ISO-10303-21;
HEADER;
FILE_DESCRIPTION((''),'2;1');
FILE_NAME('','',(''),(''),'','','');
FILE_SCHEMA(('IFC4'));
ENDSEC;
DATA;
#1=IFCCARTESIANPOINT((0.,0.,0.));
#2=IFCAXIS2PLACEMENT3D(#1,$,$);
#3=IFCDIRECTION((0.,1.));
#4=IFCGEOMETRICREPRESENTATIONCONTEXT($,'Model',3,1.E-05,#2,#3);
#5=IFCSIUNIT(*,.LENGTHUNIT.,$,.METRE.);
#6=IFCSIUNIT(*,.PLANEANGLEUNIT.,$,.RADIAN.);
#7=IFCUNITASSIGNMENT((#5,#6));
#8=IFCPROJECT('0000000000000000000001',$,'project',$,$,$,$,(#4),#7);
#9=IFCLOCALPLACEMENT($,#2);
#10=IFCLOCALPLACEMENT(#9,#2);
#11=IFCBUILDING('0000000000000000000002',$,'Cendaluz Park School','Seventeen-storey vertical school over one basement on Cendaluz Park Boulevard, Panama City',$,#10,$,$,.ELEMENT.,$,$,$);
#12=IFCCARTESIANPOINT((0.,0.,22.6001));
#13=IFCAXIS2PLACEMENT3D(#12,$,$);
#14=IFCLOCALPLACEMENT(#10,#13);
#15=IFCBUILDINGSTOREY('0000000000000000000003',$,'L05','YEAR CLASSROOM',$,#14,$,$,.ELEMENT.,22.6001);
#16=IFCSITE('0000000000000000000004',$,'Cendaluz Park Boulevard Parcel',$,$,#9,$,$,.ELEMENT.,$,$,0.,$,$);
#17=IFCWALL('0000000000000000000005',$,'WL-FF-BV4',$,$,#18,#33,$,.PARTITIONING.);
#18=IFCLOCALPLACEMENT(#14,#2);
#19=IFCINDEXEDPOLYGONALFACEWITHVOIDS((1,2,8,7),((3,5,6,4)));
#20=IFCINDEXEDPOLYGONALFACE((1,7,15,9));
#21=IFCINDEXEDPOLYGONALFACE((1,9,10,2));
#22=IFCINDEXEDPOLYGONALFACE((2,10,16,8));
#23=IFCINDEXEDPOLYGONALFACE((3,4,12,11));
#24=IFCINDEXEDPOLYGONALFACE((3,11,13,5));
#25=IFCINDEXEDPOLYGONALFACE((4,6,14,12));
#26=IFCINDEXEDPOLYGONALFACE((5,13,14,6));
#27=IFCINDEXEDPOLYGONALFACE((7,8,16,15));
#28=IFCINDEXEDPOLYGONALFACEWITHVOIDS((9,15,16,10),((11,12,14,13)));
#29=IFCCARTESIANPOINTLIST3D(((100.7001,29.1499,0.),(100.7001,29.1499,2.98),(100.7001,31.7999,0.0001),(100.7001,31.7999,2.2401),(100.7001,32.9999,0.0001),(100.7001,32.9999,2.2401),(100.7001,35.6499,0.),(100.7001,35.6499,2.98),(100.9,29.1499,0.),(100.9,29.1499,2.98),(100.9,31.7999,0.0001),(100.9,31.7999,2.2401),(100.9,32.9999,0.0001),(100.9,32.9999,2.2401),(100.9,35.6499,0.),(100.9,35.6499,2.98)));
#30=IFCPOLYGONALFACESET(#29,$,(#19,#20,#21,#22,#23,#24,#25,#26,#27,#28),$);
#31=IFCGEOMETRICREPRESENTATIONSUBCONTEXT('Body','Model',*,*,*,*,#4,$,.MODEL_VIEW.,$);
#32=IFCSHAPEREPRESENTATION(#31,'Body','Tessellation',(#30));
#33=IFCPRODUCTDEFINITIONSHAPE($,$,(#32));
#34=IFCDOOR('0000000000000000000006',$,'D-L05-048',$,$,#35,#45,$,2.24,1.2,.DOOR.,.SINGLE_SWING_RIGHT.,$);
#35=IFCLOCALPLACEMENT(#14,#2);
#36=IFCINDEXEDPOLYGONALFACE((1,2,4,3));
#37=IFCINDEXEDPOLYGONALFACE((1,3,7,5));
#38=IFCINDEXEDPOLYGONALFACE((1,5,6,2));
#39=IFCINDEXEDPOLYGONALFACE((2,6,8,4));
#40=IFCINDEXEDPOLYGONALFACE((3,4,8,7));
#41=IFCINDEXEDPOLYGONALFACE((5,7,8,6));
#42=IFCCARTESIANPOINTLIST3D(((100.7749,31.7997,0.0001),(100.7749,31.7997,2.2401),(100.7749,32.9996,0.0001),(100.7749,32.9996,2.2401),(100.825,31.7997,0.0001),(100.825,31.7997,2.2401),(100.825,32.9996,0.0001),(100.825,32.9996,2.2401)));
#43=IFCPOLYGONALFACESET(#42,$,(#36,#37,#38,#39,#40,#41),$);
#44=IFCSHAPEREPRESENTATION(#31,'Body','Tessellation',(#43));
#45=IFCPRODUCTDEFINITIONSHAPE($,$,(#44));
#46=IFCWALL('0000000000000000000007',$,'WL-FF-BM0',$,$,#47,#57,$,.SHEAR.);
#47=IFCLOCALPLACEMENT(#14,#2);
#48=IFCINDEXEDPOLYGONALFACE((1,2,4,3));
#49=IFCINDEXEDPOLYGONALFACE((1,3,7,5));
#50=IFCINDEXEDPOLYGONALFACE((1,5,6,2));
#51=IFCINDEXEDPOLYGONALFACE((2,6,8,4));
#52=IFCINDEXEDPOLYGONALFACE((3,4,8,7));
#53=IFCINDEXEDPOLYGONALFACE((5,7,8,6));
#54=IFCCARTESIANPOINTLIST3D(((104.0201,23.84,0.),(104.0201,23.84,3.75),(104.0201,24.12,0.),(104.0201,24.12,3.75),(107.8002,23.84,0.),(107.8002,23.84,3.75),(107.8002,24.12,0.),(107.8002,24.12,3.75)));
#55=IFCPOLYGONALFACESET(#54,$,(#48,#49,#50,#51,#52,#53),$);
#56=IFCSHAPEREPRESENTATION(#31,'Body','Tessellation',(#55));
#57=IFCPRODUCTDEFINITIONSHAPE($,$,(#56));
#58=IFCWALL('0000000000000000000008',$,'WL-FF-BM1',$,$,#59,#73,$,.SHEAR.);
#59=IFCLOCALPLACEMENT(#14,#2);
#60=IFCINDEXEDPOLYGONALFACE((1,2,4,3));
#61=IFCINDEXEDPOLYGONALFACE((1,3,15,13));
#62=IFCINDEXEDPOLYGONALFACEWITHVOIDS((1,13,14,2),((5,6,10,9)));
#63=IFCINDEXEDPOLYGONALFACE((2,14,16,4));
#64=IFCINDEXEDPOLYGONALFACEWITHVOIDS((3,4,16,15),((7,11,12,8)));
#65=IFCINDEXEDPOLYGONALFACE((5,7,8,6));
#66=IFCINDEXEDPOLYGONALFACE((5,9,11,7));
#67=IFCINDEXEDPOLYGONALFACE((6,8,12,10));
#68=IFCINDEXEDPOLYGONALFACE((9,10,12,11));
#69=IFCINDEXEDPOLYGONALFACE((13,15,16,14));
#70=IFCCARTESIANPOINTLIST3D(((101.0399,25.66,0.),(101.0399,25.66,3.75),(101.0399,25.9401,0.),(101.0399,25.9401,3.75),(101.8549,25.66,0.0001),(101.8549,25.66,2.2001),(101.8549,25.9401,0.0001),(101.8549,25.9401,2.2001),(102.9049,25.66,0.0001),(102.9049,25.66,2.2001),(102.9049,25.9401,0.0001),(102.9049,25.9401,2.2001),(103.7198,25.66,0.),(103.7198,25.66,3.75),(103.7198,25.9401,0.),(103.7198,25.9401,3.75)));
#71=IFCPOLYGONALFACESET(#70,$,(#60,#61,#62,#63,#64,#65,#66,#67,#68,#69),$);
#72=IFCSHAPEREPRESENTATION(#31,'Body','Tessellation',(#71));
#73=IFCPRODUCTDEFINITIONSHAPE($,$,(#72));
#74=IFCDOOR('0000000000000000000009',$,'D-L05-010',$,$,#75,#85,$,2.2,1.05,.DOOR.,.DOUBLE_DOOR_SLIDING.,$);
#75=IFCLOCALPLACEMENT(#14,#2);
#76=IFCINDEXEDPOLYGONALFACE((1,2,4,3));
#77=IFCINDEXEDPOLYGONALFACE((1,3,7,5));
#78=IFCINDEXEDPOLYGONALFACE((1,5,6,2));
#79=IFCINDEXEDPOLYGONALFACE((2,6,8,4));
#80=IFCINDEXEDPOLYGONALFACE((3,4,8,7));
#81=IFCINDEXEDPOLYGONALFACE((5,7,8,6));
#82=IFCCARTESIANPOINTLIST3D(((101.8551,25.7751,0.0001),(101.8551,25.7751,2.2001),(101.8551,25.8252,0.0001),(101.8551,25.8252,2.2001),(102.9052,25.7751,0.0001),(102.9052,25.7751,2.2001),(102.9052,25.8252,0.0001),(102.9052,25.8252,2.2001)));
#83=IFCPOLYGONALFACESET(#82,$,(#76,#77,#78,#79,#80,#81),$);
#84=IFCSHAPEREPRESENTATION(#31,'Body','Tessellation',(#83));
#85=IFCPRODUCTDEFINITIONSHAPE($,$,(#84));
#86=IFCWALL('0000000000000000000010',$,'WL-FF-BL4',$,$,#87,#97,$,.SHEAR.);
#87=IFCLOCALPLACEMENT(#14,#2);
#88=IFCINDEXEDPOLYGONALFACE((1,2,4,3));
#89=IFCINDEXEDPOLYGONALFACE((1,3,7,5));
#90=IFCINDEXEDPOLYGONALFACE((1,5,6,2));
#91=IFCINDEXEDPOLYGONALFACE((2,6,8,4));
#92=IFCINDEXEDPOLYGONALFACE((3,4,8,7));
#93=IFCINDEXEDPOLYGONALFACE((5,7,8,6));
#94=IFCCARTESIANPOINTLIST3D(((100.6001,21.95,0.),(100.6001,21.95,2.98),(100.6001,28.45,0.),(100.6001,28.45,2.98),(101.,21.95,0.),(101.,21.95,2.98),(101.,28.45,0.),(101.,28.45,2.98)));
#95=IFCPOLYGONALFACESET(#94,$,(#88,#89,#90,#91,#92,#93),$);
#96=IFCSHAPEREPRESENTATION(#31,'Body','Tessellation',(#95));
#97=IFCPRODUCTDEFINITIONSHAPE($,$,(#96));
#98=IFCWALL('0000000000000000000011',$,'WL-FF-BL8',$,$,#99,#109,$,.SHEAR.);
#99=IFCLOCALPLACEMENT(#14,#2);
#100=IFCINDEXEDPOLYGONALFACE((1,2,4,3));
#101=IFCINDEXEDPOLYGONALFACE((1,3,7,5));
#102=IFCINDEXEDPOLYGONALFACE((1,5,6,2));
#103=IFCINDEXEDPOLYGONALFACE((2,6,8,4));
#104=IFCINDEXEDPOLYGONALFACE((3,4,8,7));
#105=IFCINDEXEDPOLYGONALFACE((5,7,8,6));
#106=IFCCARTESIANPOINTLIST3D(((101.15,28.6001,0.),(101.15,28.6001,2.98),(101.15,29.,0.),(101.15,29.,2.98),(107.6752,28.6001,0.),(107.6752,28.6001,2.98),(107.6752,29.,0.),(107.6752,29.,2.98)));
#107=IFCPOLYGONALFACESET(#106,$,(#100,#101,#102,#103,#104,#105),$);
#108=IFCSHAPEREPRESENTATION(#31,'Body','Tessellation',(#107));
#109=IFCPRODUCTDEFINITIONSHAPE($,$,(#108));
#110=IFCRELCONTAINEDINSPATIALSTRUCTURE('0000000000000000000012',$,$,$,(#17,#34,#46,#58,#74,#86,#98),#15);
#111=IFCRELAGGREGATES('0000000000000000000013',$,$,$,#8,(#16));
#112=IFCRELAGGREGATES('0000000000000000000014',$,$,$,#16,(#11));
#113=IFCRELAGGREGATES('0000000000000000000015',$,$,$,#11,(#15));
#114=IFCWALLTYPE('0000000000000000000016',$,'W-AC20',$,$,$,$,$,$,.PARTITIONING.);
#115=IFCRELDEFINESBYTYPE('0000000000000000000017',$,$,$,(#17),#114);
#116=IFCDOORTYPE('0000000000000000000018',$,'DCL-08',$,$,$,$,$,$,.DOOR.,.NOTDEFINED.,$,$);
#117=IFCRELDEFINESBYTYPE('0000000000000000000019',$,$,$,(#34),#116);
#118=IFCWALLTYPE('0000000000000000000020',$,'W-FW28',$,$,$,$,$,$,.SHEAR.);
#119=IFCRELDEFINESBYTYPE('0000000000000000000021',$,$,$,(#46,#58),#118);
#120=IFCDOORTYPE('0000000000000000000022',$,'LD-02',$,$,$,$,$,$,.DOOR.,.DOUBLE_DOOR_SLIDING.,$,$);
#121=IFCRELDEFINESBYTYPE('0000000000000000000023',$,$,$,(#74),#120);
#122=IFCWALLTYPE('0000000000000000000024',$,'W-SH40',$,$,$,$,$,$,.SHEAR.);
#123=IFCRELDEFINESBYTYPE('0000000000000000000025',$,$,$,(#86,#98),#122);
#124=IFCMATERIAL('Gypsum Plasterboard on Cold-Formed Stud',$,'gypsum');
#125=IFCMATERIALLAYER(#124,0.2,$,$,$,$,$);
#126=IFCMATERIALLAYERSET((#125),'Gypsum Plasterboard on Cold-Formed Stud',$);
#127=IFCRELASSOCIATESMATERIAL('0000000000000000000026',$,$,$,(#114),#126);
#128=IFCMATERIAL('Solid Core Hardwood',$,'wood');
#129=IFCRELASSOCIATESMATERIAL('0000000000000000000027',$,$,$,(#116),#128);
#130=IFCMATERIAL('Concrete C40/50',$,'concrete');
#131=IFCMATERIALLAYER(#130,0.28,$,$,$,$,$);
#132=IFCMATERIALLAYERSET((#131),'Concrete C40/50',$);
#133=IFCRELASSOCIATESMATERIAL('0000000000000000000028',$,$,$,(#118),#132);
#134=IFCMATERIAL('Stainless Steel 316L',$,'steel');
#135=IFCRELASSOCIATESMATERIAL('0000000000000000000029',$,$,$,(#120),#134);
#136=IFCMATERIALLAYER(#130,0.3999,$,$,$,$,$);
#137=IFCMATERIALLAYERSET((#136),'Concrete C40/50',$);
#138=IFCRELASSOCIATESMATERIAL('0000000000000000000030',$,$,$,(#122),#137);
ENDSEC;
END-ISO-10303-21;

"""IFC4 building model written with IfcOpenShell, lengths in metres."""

from ifc_helpers import new_model, si_unit, direction, frame, frame_2d, origin, place, context, subcontext, project, spatial, rectangle, extrude, material, layer, layer_set, type_object, element, fill, save


model = new_model("IFC4")

# Units and contexts
model_context = context("Model", 3, precision=1e-05, world=origin(), true_north=direction((0.0, 1.0)))
body_context = subcontext(model_context, "Body", "Model", "MODEL_VIEW")
ifc_project = project(units=[si_unit("LENGTHUNIT", "METRE"), si_unit("PLANEANGLEUNIT", "RADIAN")], contexts=[model_context])

# Site, building, storey
site_placement = place(None, origin())
site = spatial("IfcSite", under=ifc_project, at=site_placement, Name="Cendaluz Park Boulevard Parcel", CompositionType="ELEMENT", RefElevation=0.0)
building_placement = place(site_placement, origin())
building = spatial("IfcBuilding", under=site, at=building_placement, Name="Cendaluz Park School", Description="Seventeen-storey vertical school over one basement on Cendaluz Park Boulevard, Panama City", CompositionType="ELEMENT")
storey_placement = place(building_placement, frame((0.0, 0.0, 22.6001)))
storey = spatial("IfcBuildingStorey", under=building, at=storey_placement, Name="L05", Description="YEAR CLASSROOM", CompositionType="ELEMENT", Elevation=22.6001)

# Shared definitions
ifc_material_1 = material(Name="Concrete C40/50", Category="concrete")

# Wall, opening, door
ifc_material_2 = material(Name="Gypsum Plasterboard on Cold-Formed Stud", Category="gypsum")
ifc_layer_1 = layer(ifc_material_2, 0.2)
ifc_layer_set_1 = layer_set([ifc_layer_1], Name="Gypsum Plasterboard on Cold-Formed Stud")
wall_type_1 = type_object("IfcWallType", Name="W-AC20", PredefinedType="PARTITIONING", material=ifc_layer_set_1)
wall_1_placement = place(storey_placement, frame((100.8, 29.1499, 0.0), z_axis=(0.0, 0.0, 1.0), x_axis=(0.0, 1.0, 0.0)))
wall_1 = element("IfcWall", 1, at=wall_1_placement, inside=storey, type_object=wall_type_1, Name="WL-FF-BV4", PredefinedType="PARTITIONING", context=body_context, shape_type="SweptSolid", body=[
    extrude(rectangle(XDim=6.5, YDim=0.2, at=frame_2d((3.25, 0.0))), origin(), (0.0, 0.0, 1.0), 2.98),
])
opening_1_placement = place(wall_1_placement, frame((2.6499, 0.0, 0.0)))
opening_1 = element("IfcOpeningElement", 2, at=opening_1_placement, cuts=wall_1, PredefinedType="OPENING", context=body_context, shape_type="SweptSolid", body=[
    extrude(rectangle(XDim=1.2, YDim=2.24, at=frame_2d((0.6001, 1.1201))), frame((0.0, 0.1121, 0.0), z_axis=(0.0, -1.0, 0.0), x_axis=(1.0, 0.0, 0.0)), (0.0, 0.0, 1.0), 0.2239),
])
ifc_material_3 = material(Name="Solid Core Hardwood", Category="wood")
door_type_1 = type_object("IfcDoorType", Name="DCL-08", OperationType="NOTDEFINED", PredefinedType="DOOR", material=ifc_material_3)
door_1_placement = place(opening_1_placement, frame((1.2, 0.0, 0.0), z_axis=(0.0, 0.0, 1.0), x_axis=(-1.0, 0.0, 0.0)))
door_1 = element("IfcDoor", 3, at=door_1_placement, inside=storey, type_object=door_type_1, Name="D-L05-048", OperationType="SINGLE_SWING_RIGHT", OverallHeight=2.24, OverallWidth=1.2, PredefinedType="DOOR", context=body_context, shape_type="SweptSolid", body=[
    extrude(rectangle(XDim=1.2, YDim=2.24, at=frame_2d((0.6001, 1.1201))), frame((0.0, 0.0249, 0.0), z_axis=(0.0, -1.0, 0.0), x_axis=(1.0, 0.0, 0.0)), (0.0, 0.0, 1.0), 0.05),
])
fill(opening_1, door_1)

# Wall
ifc_layer_2 = layer(ifc_material_1, 0.28)
ifc_layer_set_2 = layer_set([ifc_layer_2], Name="Concrete C40/50")
wall_type_2 = type_object("IfcWallType", Name="W-FW28", PredefinedType="SHEAR", material=ifc_layer_set_2)
wall_2_placement = place(storey_placement, frame((104.02, 23.98, 0.0), z_axis=(0.0, 0.0, 1.0), x_axis=(1.0, 0.0, 0.0)))
element("IfcWall", 4, at=wall_2_placement, inside=storey, type_object=wall_type_2, Name="WL-FF-BM0", PredefinedType="SHEAR", context=body_context, shape_type="SweptSolid", body=[
    extrude(rectangle(XDim=3.78, YDim=0.28, at=frame_2d((1.8901, 0.0))), origin(), (0.0, 0.0, 1.0), 3.75),
])

# Wall, opening, door
wall_3_placement = place(storey_placement, frame((101.04, 25.8, 0.0), z_axis=(0.0, 0.0, 1.0), x_axis=(1.0, 0.0, 0.0)))
wall_3 = element("IfcWall", 5, at=wall_3_placement, inside=storey, type_object=wall_type_2, Name="WL-FF-BM1", PredefinedType="SHEAR", context=body_context, shape_type="SweptSolid", body=[
    extrude(rectangle(XDim=2.6799, YDim=0.28, at=frame_2d((1.3398, 0.0))), origin(), (0.0, 0.0, 1.0), 3.75),
])
opening_2_placement = place(wall_3_placement, frame((0.8149, 0.0, 0.0)))
opening_2 = element("IfcOpeningElement", 6, at=opening_2_placement, cuts=wall_3, PredefinedType="OPENING", context=body_context, shape_type="SweptSolid", body=[
    extrude(rectangle(XDim=1.05, YDim=2.2, at=frame_2d((0.5249, 1.1001))), frame((0.0, 0.1521, 0.0), z_axis=(0.0, -1.0, 0.0), x_axis=(1.0, 0.0, 0.0)), (0.0, 0.0, 1.0), 0.304),
])
ifc_material_4 = material(Name="Stainless Steel 316L", Category="steel")
door_type_2 = type_object("IfcDoorType", Name="LD-02", OperationType="DOUBLE_DOOR_SLIDING", PredefinedType="DOOR", material=ifc_material_4)
door_2_placement = place(opening_2_placement, frame((1.05, 0.0, 0.0), z_axis=(0.0, 0.0, 1.0), x_axis=(-1.0, 0.0, 0.0)))
door_2 = element("IfcDoor", 7, at=door_2_placement, inside=storey, type_object=door_type_2, Name="D-L05-010", OperationType="DOUBLE_DOOR_SLIDING", OverallHeight=2.2, OverallWidth=1.05, PredefinedType="DOOR", context=body_context, shape_type="SweptSolid", body=[
    extrude(rectangle(XDim=1.05, YDim=2.2, at=frame_2d((0.5249, 1.1001))), frame((0.0, 0.0249, 0.0), z_axis=(0.0, -1.0, 0.0), x_axis=(1.0, 0.0, 0.0)), (0.0, 0.0, 1.0), 0.05),
])
fill(opening_2, door_2)

# Walls
ifc_layer_3 = layer(ifc_material_1, 0.3999)
ifc_layer_set_3 = layer_set([ifc_layer_3], Name="Concrete C40/50")
wall_type_3 = type_object("IfcWallType", Name="W-SH40", PredefinedType="SHEAR", material=ifc_layer_set_3)
wall_4_placement = place(storey_placement, frame((100.8, 21.95, 0.0), z_axis=(0.0, 0.0, 1.0), x_axis=(0.0, 1.0, 0.0)))
element("IfcWall", 8, at=wall_4_placement, inside=storey, type_object=wall_type_3, Name="WL-FF-BL4", PredefinedType="SHEAR", context=body_context, shape_type="SweptSolid", body=[
    extrude(rectangle(XDim=6.5, YDim=0.3999, at=frame_2d((3.25, 0.0))), origin(), (0.0, 0.0, 1.0), 2.98),
])
wall_5_placement = place(storey_placement, frame((101.1499, 28.8, 0.0), z_axis=(0.0, 0.0, 1.0), x_axis=(1.0, 0.0, 0.0)))
element("IfcWall", 9, at=wall_5_placement, inside=storey, type_object=wall_type_3, Name="WL-FF-BL8", PredefinedType="SHEAR", context=body_context, shape_type="SweptSolid", body=[
    extrude(rectangle(XDim=6.5251, YDim=0.3999, at=frame_2d((3.2627, 0.0))), origin(), (0.0, 0.0, 1.0), 2.98),
])

save(model, "model.ifc")
